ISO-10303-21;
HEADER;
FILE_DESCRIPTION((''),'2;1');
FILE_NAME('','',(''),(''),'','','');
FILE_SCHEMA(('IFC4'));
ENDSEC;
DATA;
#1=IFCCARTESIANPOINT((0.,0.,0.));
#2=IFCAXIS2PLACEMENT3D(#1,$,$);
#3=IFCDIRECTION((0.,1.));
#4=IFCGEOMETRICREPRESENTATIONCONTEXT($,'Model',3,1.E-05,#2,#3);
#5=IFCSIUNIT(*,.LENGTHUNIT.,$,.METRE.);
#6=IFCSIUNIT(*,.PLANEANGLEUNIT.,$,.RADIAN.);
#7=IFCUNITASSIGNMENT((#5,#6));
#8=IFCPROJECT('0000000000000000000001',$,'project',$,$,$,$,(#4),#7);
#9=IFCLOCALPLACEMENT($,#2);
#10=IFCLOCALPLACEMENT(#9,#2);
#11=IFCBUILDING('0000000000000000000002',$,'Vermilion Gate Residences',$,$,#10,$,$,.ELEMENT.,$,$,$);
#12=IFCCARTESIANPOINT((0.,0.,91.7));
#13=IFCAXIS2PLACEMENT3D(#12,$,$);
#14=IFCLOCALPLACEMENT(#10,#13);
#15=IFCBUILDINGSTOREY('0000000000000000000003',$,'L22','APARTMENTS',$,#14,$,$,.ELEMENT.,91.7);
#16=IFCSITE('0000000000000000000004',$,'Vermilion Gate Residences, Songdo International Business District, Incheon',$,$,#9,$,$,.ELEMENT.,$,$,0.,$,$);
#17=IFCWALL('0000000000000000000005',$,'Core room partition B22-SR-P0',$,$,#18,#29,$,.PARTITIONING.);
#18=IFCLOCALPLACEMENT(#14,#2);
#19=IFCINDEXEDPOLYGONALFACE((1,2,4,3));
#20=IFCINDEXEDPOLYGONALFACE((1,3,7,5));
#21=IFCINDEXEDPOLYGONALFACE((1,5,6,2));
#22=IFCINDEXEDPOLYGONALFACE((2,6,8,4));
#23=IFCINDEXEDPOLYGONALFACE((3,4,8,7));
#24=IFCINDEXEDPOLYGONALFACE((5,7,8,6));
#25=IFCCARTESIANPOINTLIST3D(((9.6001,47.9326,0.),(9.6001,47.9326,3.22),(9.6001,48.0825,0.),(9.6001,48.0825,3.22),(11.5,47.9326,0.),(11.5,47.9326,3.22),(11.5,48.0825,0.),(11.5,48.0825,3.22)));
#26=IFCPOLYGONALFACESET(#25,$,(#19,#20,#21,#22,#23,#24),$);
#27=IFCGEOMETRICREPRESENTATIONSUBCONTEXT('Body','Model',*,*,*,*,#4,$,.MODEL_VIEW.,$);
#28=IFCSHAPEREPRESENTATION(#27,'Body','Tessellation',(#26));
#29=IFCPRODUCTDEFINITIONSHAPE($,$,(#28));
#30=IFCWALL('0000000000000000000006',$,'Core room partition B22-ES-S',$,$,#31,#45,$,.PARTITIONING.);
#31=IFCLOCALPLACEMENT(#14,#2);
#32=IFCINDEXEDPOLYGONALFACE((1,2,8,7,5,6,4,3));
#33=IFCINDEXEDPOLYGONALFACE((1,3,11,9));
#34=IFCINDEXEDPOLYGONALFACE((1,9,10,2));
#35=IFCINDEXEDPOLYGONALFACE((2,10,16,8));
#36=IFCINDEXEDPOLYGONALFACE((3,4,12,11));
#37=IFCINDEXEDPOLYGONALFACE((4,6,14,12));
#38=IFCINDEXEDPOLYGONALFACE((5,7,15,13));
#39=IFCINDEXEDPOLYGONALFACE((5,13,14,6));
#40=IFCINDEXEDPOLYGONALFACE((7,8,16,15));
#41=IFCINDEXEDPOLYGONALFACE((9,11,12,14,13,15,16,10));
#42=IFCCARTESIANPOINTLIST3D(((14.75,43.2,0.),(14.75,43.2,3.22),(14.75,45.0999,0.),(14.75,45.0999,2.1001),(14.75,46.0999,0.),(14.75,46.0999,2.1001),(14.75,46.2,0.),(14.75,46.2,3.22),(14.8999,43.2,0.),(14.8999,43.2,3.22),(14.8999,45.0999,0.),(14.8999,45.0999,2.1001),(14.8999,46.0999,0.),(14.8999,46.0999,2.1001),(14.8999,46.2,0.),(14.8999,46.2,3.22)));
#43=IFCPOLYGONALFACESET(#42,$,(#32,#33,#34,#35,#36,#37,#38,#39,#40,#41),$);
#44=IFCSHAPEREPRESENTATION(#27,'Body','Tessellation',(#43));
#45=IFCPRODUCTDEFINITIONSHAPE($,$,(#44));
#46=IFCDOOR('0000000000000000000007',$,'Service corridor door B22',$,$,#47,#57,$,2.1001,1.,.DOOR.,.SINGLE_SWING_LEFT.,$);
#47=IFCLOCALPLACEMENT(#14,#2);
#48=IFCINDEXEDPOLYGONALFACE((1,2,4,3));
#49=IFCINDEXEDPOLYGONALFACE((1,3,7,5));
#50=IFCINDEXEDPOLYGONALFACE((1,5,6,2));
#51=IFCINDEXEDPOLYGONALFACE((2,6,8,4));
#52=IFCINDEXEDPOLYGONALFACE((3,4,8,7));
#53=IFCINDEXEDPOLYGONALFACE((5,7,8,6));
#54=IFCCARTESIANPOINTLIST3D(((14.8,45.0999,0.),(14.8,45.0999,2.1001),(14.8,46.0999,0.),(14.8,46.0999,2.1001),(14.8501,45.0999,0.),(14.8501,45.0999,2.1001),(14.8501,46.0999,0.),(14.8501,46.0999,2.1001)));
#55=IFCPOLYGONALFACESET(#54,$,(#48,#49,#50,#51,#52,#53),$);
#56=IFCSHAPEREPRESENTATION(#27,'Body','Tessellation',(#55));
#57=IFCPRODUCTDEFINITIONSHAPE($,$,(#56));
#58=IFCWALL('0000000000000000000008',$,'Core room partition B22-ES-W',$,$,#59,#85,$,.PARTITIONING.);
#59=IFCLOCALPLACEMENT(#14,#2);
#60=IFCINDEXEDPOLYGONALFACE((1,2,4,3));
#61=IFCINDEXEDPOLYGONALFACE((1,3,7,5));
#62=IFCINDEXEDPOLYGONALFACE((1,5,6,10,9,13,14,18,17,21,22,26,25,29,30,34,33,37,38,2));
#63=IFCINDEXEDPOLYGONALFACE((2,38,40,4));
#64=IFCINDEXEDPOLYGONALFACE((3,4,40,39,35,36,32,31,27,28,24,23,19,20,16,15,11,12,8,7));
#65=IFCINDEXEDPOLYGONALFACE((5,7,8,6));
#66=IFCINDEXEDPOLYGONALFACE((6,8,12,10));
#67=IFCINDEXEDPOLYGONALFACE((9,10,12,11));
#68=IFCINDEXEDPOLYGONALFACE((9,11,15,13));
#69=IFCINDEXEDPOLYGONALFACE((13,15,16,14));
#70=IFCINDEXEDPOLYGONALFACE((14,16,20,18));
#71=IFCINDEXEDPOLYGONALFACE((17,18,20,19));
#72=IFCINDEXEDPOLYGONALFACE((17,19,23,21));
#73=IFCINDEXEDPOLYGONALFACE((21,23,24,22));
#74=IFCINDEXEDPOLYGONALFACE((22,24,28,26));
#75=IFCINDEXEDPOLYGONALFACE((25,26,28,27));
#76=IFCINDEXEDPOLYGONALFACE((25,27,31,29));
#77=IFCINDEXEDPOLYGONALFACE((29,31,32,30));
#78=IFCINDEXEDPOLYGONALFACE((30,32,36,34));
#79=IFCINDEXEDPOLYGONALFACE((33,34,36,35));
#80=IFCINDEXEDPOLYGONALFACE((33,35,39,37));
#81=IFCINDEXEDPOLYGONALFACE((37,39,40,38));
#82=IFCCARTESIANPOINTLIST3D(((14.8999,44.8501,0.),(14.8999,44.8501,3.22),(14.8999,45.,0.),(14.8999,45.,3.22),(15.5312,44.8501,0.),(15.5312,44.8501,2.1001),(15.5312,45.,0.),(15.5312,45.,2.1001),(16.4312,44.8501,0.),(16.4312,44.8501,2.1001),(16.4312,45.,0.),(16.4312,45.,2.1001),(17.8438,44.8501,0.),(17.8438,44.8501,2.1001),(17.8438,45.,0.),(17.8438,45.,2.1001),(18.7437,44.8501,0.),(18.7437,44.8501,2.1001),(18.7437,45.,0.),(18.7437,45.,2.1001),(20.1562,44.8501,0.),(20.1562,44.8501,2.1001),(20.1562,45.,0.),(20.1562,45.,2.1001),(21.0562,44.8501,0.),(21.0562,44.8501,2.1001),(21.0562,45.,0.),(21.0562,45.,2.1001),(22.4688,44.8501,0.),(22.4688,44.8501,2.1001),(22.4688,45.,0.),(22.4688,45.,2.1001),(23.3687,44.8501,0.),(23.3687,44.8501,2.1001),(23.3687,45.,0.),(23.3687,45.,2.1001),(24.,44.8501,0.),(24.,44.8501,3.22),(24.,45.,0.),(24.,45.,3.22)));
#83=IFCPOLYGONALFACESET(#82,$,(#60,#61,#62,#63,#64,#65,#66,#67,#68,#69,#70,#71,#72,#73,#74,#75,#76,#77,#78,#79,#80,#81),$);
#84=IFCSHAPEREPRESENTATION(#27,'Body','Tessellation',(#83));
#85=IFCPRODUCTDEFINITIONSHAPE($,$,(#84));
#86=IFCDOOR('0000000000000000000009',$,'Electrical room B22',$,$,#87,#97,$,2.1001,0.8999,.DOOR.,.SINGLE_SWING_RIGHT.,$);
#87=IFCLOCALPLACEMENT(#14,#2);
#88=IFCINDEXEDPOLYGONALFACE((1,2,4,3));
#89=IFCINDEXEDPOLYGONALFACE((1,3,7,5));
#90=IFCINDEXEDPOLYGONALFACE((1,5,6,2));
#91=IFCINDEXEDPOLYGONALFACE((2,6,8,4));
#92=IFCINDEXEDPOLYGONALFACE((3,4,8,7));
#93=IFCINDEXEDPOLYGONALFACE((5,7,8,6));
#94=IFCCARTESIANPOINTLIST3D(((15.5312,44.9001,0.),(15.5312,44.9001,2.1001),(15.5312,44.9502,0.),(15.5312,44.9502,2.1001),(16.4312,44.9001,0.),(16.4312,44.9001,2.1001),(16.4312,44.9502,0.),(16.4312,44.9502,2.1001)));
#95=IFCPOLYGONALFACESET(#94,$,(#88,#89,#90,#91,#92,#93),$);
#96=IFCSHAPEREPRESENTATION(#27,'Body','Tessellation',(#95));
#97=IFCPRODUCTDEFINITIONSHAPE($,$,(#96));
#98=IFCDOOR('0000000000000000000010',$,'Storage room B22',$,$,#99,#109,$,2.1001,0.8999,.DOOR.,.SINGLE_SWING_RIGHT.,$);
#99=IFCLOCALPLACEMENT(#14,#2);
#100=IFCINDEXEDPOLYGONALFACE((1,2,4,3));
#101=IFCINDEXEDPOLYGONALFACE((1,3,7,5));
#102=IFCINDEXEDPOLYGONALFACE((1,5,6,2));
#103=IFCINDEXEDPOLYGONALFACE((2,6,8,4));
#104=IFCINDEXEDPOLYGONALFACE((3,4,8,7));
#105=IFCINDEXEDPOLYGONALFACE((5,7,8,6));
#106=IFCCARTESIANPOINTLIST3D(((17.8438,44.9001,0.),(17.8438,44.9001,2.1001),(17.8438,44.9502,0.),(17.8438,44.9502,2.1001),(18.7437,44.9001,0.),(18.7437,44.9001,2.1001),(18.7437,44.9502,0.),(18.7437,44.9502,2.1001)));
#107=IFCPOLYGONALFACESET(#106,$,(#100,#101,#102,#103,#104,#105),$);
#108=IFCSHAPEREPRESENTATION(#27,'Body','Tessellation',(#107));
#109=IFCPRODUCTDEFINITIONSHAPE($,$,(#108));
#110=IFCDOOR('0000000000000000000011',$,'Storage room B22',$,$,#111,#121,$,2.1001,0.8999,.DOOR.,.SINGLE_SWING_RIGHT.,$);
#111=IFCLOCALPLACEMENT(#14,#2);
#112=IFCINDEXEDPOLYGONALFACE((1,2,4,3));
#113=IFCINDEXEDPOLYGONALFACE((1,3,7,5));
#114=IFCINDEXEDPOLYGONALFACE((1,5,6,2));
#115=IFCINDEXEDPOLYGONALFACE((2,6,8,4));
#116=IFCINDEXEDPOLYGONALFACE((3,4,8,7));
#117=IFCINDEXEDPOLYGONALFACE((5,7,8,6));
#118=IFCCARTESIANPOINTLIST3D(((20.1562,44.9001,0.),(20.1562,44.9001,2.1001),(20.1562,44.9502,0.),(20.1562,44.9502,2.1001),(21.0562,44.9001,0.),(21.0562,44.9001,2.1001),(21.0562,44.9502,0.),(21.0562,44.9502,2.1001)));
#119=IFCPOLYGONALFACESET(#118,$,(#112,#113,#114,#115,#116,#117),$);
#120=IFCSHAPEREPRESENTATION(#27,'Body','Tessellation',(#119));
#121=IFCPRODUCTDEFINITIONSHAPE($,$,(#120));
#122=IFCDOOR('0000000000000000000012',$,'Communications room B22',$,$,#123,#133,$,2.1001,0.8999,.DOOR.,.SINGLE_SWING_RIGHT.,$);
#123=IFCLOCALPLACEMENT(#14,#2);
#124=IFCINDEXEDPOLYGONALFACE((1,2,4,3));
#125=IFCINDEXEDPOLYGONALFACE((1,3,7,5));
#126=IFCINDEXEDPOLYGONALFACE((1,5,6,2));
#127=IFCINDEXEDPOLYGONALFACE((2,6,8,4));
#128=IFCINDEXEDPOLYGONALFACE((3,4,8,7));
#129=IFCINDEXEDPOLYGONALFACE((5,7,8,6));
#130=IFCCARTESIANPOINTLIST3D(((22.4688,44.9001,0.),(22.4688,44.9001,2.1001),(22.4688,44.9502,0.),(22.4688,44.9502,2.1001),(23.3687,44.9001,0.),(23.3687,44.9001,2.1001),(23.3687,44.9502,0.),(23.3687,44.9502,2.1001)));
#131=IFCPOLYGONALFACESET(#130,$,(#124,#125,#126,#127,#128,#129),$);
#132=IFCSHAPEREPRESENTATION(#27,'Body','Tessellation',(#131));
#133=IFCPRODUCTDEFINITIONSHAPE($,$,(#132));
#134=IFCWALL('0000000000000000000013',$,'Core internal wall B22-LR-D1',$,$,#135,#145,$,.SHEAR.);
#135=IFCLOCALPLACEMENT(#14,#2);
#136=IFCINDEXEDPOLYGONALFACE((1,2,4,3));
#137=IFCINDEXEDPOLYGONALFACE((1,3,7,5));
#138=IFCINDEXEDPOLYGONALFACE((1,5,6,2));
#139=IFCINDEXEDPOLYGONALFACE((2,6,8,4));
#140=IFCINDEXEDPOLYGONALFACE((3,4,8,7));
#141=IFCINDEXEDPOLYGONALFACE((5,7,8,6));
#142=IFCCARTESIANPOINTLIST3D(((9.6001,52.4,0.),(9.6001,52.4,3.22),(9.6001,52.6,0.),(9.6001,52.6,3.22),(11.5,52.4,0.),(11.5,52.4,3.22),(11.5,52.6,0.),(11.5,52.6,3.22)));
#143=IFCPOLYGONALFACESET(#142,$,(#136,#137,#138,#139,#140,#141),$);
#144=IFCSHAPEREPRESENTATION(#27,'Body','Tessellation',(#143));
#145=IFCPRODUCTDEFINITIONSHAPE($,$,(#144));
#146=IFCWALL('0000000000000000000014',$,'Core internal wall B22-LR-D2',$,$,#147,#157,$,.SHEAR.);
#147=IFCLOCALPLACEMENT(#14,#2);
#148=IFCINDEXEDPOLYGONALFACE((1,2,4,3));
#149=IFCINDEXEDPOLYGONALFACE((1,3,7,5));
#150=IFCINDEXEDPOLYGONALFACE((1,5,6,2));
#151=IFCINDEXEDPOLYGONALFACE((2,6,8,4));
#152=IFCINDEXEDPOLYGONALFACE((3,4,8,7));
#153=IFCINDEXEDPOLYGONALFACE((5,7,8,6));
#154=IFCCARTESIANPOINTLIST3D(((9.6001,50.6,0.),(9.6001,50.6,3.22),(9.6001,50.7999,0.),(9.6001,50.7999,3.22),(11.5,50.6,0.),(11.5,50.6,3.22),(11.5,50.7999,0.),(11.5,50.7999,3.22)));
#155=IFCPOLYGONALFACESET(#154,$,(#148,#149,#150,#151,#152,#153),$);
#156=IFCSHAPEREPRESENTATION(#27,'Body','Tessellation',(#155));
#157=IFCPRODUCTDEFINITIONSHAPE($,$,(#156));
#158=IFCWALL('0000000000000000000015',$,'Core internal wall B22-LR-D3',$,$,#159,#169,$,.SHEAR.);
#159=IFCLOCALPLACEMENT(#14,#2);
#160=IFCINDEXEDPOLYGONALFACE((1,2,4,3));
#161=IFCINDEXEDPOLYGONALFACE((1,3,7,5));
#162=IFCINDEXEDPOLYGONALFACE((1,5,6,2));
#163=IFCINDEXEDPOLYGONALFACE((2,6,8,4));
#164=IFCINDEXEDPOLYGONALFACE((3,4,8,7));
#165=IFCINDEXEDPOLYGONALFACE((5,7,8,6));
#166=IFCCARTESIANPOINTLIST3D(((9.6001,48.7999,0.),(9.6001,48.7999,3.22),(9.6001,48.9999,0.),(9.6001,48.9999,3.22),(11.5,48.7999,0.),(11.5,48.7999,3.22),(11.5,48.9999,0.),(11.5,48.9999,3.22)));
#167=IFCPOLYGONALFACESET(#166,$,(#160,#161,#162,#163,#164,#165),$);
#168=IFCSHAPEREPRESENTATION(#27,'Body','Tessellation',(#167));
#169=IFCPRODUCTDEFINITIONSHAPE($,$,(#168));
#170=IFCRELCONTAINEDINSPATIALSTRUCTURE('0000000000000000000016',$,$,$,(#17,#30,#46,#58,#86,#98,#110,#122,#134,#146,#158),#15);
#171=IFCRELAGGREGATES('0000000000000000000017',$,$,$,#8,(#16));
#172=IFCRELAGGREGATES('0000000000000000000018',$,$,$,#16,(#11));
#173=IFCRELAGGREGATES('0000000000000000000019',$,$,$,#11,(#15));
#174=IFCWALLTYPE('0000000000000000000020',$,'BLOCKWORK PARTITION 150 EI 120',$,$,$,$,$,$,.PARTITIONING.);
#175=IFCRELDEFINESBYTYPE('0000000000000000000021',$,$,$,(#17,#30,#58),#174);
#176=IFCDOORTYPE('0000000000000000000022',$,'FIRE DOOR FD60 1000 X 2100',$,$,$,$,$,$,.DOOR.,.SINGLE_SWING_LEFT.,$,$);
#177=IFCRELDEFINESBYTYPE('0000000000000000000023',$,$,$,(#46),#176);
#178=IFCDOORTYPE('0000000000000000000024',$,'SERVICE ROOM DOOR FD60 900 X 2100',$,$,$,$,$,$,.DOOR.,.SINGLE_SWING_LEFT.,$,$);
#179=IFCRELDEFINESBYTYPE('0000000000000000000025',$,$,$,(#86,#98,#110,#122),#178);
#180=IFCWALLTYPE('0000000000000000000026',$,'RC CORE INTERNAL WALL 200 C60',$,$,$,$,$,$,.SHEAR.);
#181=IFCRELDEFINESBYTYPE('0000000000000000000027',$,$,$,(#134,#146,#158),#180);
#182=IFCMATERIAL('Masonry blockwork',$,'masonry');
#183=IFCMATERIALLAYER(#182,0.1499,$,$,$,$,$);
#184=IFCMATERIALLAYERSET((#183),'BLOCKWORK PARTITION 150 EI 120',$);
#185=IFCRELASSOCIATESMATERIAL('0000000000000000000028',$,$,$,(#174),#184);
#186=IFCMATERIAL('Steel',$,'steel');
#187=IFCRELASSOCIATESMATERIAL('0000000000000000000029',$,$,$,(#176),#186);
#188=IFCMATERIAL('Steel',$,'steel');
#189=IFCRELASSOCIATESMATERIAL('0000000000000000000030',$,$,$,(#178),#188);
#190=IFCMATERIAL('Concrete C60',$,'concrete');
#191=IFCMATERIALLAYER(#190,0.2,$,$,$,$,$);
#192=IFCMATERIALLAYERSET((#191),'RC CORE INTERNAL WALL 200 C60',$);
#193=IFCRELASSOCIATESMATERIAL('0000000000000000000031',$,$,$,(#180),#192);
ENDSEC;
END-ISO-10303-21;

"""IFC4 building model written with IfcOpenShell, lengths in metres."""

from ifc_helpers import new_model, si_unit, direction, frame, frame_2d, origin, place, context, subcontext, project, spatial, rectangle, extrude, material, layer, layer_set, type_object, element, fill, save


model = new_model("IFC4")

# Units and contexts
model_context = context("Model", 3, precision=1e-05, world=origin(), true_north=direction((0.0, 1.0)))
body_context = subcontext(model_context, "Body", "Model", "MODEL_VIEW")
ifc_project = project(units=[si_unit("LENGTHUNIT", "METRE"), si_unit("PLANEANGLEUNIT", "RADIAN")], contexts=[model_context])

# Site, building, storey
site_placement = place(None, origin())
site = spatial("IfcSite", under=ifc_project, at=site_placement, Name="Vermilion Gate Residences, Songdo International Business District, Incheon", CompositionType="ELEMENT", RefElevation=0.0)
building_placement = place(site_placement, origin())
building = spatial("IfcBuilding", under=site, at=building_placement, Name="Vermilion Gate Residences", CompositionType="ELEMENT")
storey_placement = place(building_placement, frame((0.0, 0.0, 91.7)))
storey = spatial("IfcBuildingStorey", under=building, at=storey_placement, Name="L22", Description="APARTMENTS", CompositionType="ELEMENT", Elevation=91.7)

# Wall
ifc_material_1 = material(Name="Masonry blockwork", Category="masonry")
ifc_layer_1 = layer(ifc_material_1, 0.1499)
ifc_layer_set_1 = layer_set([ifc_layer_1], Name="BLOCKWORK PARTITION 150 EI 120")
wall_type_1 = type_object("IfcWallType", Name="BLOCKWORK PARTITION 150 EI 120", PredefinedType="PARTITIONING", material=ifc_layer_set_1)
wall_1_placement = place(storey_placement, frame((9.6001, 48.0076, 0.0), z_axis=(0.0, 0.0, 1.0), x_axis=(1.0, 0.0, 0.0)))
element("IfcWall", 1, at=wall_1_placement, inside=storey, type_object=wall_type_1, Name="Core room partition B22-SR-P0", PredefinedType="PARTITIONING", context=body_context, shape_type="SweptSolid", body=[
    extrude(rectangle(XDim=1.8999, YDim=0.1499, at=frame_2d((0.95, 0.0))), origin(), (0.0, 0.0, 1.0), 3.22),
])

# Wall, opening, door
wall_2_placement = place(storey_placement, frame((14.825, 46.2, 0.0), z_axis=(0.0, 0.0, 1.0), x_axis=(0.0, -1.0, 0.0)))
wall_2 = element("IfcWall", 2, at=wall_2_placement, inside=storey, type_object=wall_type_1, Name="Core room partition B22-ES-S", PredefinedType="PARTITIONING", context=body_context, shape_type="SweptSolid", body=[
    extrude(rectangle(XDim=3.0, YDim=0.1499, at=frame_2d((1.5, 0.0))), origin(), (0.0, 0.0, 1.0), 3.22),
])
opening_1_placement = place(wall_2_placement, frame((0.1001, 0.0, 0.0)))
opening_1 = element("IfcOpeningElement", 3, at=opening_1_placement, cuts=wall_2, PredefinedType="OPENING", context=body_context, shape_type="SweptSolid", body=[
    extrude(rectangle(XDim=1.0, YDim=2.1001, at=frame_2d((0.5, 1.05))), frame((0.0, 0.085, 0.0), z_axis=(0.0, -1.0, 0.0), x_axis=(1.0, 0.0, 0.0)), (0.0, 0.0, 1.0), 0.1699),
])
ifc_material_2 = material(Name="Steel", Category="steel")
door_type_1 = type_object("IfcDoorType", Name="FIRE DOOR FD60 1000 X 2100", OperationType="SINGLE_SWING_LEFT", PredefinedType="DOOR", material=ifc_material_2)
door_1_placement = place(opening_1_placement, frame((1.0, 0.0, 0.0), z_axis=(0.0, 0.0, 1.0), x_axis=(-1.0, 0.0, 0.0)))
door_1 = element("IfcDoor", 4, at=door_1_placement, inside=storey, type_object=door_type_1, Name="Service corridor door B22", OperationType="SINGLE_SWING_LEFT", OverallHeight=2.1001, OverallWidth=1.0, PredefinedType="DOOR", context=body_context, shape_type="SweptSolid", body=[
    extrude(rectangle(XDim=1.0, YDim=2.1001, at=frame_2d((0.5, 1.05))), frame((0.0, 0.0249, 0.0), z_axis=(0.0, -1.0, 0.0), x_axis=(1.0, 0.0, 0.0)), (0.0, 0.0, 1.0), 0.05),
])
fill(opening_1, door_1)

# Wall, openings, doors
wall_3_placement = place(storey_placement, frame((14.8999, 44.925, 0.0), z_axis=(0.0, 0.0, 1.0), x_axis=(1.0, 0.0, 0.0)))
wall_3 = element("IfcWall", 5, at=wall_3_placement, inside=storey, type_object=wall_type_1, Name="Core room partition B22-ES-W", PredefinedType="PARTITIONING", context=body_context, shape_type="SweptSolid", body=[
    extrude(rectangle(XDim=9.1001, YDim=0.1499, at=frame_2d((4.55, 0.0))), origin(), (0.0, 0.0, 1.0), 3.22),
])
opening_2_placement = place(wall_3_placement, frame((0.6313, 0.0, 0.0)))
opening_2 = element("IfcOpeningElement", 6, at=opening_2_placement, cuts=wall_3, PredefinedType="OPENING", context=body_context, shape_type="SweptSolid", body=[
    extrude(rectangle(XDim=0.8999, YDim=2.1001, at=frame_2d((0.45, 1.05))), frame((0.0, 0.085, 0.0), z_axis=(0.0, -1.0, 0.0), x_axis=(1.0, 0.0, 0.0)), (0.0, 0.0, 1.0), 0.1699),
])
opening_3_placement = place(wall_3_placement, frame((2.9438, 0.0, 0.0)))
opening_3 = element("IfcOpeningElement", 7, at=opening_3_placement, cuts=wall_3, PredefinedType="OPENING", context=body_context, shape_type="SweptSolid", body=[
    extrude(rectangle(XDim=0.8999, YDim=2.1001, at=frame_2d((0.45, 1.05))), frame((0.0, 0.085, 0.0), z_axis=(0.0, -1.0, 0.0), x_axis=(1.0, 0.0, 0.0)), (0.0, 0.0, 1.0), 0.1699),
])
opening_4_placement = place(wall_3_placement, frame((5.2563, 0.0, 0.0)))
opening_4 = element("IfcOpeningElement", 8, at=opening_4_placement, cuts=wall_3, PredefinedType="OPENING", context=body_context, shape_type="SweptSolid", body=[
    extrude(rectangle(XDim=0.8999, YDim=2.1001, at=frame_2d((0.45, 1.05))), frame((0.0, 0.085, 0.0), z_axis=(0.0, -1.0, 0.0), x_axis=(1.0, 0.0, 0.0)), (0.0, 0.0, 1.0), 0.1699),
])
opening_5_placement = place(wall_3_placement, frame((7.5688, 0.0, 0.0)))
opening_5 = element("IfcOpeningElement", 9, at=opening_5_placement, cuts=wall_3, PredefinedType="OPENING", context=body_context, shape_type="SweptSolid", body=[
    extrude(rectangle(XDim=0.8999, YDim=2.1001, at=frame_2d((0.45, 1.05))), frame((0.0, 0.085, 0.0), z_axis=(0.0, -1.0, 0.0), x_axis=(1.0, 0.0, 0.0)), (0.0, 0.0, 1.0), 0.1699),
])
ifc_material_3 = material(Name="Steel", Category="steel")
door_type_2 = type_object("IfcDoorType", Name="SERVICE ROOM DOOR FD60 900 X 2100", OperationType="SINGLE_SWING_LEFT", PredefinedType="DOOR", material=ifc_material_3)
door_2_placement = place(opening_2_placement, frame((0.8999, 0.0, 0.0), z_axis=(0.0, 0.0, 1.0), x_axis=(-1.0, 0.0, 0.0)))
door_2 = element("IfcDoor", 10, at=door_2_placement, inside=storey, type_object=door_type_2, Name="Electrical room B22", OperationType="SINGLE_SWING_RIGHT", OverallHeight=2.1001, OverallWidth=0.8999, PredefinedType="DOOR", context=body_context, shape_type="SweptSolid", body=[
    extrude(rectangle(XDim=0.8999, YDim=2.1001, at=frame_2d((0.45, 1.05))), frame((0.0, 0.0249, 0.0), z_axis=(0.0, -1.0, 0.0), x_axis=(1.0, 0.0, 0.0)), (0.0, 0.0, 1.0), 0.05),
])
fill(opening_2, door_2)
door_3_placement = place(opening_3_placement, frame((0.8999, 0.0, 0.0), z_axis=(0.0, 0.0, 1.0), x_axis=(-1.0, 0.0, 0.0)))
door_3 = element("IfcDoor", 11, at=door_3_placement, inside=storey, type_object=door_type_2, Name="Storage room B22", OperationType="SINGLE_SWING_RIGHT", OverallHeight=2.1001, OverallWidth=0.8999, PredefinedType="DOOR", context=body_context, shape_type="SweptSolid", body=[
    extrude(rectangle(XDim=0.8999, YDim=2.1001, at=frame_2d((0.45, 1.05))), frame((0.0, 0.0249, 0.0), z_axis=(0.0, -1.0, 0.0), x_axis=(1.0, 0.0, 0.0)), (0.0, 0.0, 1.0), 0.05),
])
fill(opening_3, door_3)
door_4_placement = place(opening_4_placement, frame((0.8999, 0.0, 0.0), z_axis=(0.0, 0.0, 1.0), x_axis=(-1.0, 0.0, 0.0)))
door_4 = element("IfcDoor", 12, at=door_4_placement, inside=storey, type_object=door_type_2, Name="Storage room B22", OperationType="SINGLE_SWING_RIGHT", OverallHeight=2.1001, OverallWidth=0.8999, PredefinedType="DOOR", context=body_context, shape_type="SweptSolid", body=[
    extrude(rectangle(XDim=0.8999, YDim=2.1001, at=frame_2d((0.45, 1.05))), frame((0.0, 0.0249, 0.0), z_axis=(0.0, -1.0, 0.0), x_axis=(1.0, 0.0, 0.0)), (0.0, 0.0, 1.0), 0.05),
])
fill(opening_4, door_4)
door_5_placement = place(opening_5_placement, frame((0.8999, 0.0, 0.0), z_axis=(0.0, 0.0, 1.0), x_axis=(-1.0, 0.0, 0.0)))
door_5 = element("IfcDoor", 13, at=door_5_placement, inside=storey, type_object=door_type_2, Name="Communications room B22", OperationType="SINGLE_SWING_RIGHT", OverallHeight=2.1001, OverallWidth=0.8999, PredefinedType="DOOR", context=body_context, shape_type="SweptSolid", body=[
    extrude(rectangle(XDim=0.8999, YDim=2.1001, at=frame_2d((0.45, 1.05))), frame((0.0, 0.0249, 0.0), z_axis=(0.0, -1.0, 0.0), x_axis=(1.0, 0.0, 0.0)), (0.0, 0.0, 1.0), 0.05),
])
fill(opening_5, door_5)

# Walls
ifc_material_4 = material(Name="Concrete C60", Category="concrete")
ifc_layer_2 = layer(ifc_material_4, 0.2)
ifc_layer_set_2 = layer_set([ifc_layer_2], Name="RC CORE INTERNAL WALL 200 C60")
wall_type_2 = type_object("IfcWallType", Name="RC CORE INTERNAL WALL 200 C60", PredefinedType="SHEAR", material=ifc_layer_set_2)
for number, where, z_axis, x_axis, name in (
    (14, (9.6001, 52.5, 0.0), (0.0, 0.0, 1.0), (1.0, 0.0, 0.0), "Core internal wall B22-LR-D1"),
    (15, (9.6001, 50.7, 0.0), (0.0, 0.0, 1.0), (1.0, 0.0, 0.0), "Core internal wall B22-LR-D2"),
    (16, (9.6001, 48.8999, 0.0), (0.0, 0.0, 1.0), (1.0, 0.0, 0.0), "Core internal wall B22-LR-D3"),
):
    element("IfcWall", number, at=place(storey_placement, frame(where, z_axis=z_axis, x_axis=x_axis)), inside=storey, type_object=wall_type_2, Name=name, PredefinedType="SHEAR", context=body_context, shape_type="SweptSolid", body=[
        extrude(rectangle(XDim=1.8999, YDim=0.2, at=frame_2d((0.95, 0.0))), origin(), (0.0, 0.0, 1.0), 3.22),
    ])

save(model, "model.ifc")
